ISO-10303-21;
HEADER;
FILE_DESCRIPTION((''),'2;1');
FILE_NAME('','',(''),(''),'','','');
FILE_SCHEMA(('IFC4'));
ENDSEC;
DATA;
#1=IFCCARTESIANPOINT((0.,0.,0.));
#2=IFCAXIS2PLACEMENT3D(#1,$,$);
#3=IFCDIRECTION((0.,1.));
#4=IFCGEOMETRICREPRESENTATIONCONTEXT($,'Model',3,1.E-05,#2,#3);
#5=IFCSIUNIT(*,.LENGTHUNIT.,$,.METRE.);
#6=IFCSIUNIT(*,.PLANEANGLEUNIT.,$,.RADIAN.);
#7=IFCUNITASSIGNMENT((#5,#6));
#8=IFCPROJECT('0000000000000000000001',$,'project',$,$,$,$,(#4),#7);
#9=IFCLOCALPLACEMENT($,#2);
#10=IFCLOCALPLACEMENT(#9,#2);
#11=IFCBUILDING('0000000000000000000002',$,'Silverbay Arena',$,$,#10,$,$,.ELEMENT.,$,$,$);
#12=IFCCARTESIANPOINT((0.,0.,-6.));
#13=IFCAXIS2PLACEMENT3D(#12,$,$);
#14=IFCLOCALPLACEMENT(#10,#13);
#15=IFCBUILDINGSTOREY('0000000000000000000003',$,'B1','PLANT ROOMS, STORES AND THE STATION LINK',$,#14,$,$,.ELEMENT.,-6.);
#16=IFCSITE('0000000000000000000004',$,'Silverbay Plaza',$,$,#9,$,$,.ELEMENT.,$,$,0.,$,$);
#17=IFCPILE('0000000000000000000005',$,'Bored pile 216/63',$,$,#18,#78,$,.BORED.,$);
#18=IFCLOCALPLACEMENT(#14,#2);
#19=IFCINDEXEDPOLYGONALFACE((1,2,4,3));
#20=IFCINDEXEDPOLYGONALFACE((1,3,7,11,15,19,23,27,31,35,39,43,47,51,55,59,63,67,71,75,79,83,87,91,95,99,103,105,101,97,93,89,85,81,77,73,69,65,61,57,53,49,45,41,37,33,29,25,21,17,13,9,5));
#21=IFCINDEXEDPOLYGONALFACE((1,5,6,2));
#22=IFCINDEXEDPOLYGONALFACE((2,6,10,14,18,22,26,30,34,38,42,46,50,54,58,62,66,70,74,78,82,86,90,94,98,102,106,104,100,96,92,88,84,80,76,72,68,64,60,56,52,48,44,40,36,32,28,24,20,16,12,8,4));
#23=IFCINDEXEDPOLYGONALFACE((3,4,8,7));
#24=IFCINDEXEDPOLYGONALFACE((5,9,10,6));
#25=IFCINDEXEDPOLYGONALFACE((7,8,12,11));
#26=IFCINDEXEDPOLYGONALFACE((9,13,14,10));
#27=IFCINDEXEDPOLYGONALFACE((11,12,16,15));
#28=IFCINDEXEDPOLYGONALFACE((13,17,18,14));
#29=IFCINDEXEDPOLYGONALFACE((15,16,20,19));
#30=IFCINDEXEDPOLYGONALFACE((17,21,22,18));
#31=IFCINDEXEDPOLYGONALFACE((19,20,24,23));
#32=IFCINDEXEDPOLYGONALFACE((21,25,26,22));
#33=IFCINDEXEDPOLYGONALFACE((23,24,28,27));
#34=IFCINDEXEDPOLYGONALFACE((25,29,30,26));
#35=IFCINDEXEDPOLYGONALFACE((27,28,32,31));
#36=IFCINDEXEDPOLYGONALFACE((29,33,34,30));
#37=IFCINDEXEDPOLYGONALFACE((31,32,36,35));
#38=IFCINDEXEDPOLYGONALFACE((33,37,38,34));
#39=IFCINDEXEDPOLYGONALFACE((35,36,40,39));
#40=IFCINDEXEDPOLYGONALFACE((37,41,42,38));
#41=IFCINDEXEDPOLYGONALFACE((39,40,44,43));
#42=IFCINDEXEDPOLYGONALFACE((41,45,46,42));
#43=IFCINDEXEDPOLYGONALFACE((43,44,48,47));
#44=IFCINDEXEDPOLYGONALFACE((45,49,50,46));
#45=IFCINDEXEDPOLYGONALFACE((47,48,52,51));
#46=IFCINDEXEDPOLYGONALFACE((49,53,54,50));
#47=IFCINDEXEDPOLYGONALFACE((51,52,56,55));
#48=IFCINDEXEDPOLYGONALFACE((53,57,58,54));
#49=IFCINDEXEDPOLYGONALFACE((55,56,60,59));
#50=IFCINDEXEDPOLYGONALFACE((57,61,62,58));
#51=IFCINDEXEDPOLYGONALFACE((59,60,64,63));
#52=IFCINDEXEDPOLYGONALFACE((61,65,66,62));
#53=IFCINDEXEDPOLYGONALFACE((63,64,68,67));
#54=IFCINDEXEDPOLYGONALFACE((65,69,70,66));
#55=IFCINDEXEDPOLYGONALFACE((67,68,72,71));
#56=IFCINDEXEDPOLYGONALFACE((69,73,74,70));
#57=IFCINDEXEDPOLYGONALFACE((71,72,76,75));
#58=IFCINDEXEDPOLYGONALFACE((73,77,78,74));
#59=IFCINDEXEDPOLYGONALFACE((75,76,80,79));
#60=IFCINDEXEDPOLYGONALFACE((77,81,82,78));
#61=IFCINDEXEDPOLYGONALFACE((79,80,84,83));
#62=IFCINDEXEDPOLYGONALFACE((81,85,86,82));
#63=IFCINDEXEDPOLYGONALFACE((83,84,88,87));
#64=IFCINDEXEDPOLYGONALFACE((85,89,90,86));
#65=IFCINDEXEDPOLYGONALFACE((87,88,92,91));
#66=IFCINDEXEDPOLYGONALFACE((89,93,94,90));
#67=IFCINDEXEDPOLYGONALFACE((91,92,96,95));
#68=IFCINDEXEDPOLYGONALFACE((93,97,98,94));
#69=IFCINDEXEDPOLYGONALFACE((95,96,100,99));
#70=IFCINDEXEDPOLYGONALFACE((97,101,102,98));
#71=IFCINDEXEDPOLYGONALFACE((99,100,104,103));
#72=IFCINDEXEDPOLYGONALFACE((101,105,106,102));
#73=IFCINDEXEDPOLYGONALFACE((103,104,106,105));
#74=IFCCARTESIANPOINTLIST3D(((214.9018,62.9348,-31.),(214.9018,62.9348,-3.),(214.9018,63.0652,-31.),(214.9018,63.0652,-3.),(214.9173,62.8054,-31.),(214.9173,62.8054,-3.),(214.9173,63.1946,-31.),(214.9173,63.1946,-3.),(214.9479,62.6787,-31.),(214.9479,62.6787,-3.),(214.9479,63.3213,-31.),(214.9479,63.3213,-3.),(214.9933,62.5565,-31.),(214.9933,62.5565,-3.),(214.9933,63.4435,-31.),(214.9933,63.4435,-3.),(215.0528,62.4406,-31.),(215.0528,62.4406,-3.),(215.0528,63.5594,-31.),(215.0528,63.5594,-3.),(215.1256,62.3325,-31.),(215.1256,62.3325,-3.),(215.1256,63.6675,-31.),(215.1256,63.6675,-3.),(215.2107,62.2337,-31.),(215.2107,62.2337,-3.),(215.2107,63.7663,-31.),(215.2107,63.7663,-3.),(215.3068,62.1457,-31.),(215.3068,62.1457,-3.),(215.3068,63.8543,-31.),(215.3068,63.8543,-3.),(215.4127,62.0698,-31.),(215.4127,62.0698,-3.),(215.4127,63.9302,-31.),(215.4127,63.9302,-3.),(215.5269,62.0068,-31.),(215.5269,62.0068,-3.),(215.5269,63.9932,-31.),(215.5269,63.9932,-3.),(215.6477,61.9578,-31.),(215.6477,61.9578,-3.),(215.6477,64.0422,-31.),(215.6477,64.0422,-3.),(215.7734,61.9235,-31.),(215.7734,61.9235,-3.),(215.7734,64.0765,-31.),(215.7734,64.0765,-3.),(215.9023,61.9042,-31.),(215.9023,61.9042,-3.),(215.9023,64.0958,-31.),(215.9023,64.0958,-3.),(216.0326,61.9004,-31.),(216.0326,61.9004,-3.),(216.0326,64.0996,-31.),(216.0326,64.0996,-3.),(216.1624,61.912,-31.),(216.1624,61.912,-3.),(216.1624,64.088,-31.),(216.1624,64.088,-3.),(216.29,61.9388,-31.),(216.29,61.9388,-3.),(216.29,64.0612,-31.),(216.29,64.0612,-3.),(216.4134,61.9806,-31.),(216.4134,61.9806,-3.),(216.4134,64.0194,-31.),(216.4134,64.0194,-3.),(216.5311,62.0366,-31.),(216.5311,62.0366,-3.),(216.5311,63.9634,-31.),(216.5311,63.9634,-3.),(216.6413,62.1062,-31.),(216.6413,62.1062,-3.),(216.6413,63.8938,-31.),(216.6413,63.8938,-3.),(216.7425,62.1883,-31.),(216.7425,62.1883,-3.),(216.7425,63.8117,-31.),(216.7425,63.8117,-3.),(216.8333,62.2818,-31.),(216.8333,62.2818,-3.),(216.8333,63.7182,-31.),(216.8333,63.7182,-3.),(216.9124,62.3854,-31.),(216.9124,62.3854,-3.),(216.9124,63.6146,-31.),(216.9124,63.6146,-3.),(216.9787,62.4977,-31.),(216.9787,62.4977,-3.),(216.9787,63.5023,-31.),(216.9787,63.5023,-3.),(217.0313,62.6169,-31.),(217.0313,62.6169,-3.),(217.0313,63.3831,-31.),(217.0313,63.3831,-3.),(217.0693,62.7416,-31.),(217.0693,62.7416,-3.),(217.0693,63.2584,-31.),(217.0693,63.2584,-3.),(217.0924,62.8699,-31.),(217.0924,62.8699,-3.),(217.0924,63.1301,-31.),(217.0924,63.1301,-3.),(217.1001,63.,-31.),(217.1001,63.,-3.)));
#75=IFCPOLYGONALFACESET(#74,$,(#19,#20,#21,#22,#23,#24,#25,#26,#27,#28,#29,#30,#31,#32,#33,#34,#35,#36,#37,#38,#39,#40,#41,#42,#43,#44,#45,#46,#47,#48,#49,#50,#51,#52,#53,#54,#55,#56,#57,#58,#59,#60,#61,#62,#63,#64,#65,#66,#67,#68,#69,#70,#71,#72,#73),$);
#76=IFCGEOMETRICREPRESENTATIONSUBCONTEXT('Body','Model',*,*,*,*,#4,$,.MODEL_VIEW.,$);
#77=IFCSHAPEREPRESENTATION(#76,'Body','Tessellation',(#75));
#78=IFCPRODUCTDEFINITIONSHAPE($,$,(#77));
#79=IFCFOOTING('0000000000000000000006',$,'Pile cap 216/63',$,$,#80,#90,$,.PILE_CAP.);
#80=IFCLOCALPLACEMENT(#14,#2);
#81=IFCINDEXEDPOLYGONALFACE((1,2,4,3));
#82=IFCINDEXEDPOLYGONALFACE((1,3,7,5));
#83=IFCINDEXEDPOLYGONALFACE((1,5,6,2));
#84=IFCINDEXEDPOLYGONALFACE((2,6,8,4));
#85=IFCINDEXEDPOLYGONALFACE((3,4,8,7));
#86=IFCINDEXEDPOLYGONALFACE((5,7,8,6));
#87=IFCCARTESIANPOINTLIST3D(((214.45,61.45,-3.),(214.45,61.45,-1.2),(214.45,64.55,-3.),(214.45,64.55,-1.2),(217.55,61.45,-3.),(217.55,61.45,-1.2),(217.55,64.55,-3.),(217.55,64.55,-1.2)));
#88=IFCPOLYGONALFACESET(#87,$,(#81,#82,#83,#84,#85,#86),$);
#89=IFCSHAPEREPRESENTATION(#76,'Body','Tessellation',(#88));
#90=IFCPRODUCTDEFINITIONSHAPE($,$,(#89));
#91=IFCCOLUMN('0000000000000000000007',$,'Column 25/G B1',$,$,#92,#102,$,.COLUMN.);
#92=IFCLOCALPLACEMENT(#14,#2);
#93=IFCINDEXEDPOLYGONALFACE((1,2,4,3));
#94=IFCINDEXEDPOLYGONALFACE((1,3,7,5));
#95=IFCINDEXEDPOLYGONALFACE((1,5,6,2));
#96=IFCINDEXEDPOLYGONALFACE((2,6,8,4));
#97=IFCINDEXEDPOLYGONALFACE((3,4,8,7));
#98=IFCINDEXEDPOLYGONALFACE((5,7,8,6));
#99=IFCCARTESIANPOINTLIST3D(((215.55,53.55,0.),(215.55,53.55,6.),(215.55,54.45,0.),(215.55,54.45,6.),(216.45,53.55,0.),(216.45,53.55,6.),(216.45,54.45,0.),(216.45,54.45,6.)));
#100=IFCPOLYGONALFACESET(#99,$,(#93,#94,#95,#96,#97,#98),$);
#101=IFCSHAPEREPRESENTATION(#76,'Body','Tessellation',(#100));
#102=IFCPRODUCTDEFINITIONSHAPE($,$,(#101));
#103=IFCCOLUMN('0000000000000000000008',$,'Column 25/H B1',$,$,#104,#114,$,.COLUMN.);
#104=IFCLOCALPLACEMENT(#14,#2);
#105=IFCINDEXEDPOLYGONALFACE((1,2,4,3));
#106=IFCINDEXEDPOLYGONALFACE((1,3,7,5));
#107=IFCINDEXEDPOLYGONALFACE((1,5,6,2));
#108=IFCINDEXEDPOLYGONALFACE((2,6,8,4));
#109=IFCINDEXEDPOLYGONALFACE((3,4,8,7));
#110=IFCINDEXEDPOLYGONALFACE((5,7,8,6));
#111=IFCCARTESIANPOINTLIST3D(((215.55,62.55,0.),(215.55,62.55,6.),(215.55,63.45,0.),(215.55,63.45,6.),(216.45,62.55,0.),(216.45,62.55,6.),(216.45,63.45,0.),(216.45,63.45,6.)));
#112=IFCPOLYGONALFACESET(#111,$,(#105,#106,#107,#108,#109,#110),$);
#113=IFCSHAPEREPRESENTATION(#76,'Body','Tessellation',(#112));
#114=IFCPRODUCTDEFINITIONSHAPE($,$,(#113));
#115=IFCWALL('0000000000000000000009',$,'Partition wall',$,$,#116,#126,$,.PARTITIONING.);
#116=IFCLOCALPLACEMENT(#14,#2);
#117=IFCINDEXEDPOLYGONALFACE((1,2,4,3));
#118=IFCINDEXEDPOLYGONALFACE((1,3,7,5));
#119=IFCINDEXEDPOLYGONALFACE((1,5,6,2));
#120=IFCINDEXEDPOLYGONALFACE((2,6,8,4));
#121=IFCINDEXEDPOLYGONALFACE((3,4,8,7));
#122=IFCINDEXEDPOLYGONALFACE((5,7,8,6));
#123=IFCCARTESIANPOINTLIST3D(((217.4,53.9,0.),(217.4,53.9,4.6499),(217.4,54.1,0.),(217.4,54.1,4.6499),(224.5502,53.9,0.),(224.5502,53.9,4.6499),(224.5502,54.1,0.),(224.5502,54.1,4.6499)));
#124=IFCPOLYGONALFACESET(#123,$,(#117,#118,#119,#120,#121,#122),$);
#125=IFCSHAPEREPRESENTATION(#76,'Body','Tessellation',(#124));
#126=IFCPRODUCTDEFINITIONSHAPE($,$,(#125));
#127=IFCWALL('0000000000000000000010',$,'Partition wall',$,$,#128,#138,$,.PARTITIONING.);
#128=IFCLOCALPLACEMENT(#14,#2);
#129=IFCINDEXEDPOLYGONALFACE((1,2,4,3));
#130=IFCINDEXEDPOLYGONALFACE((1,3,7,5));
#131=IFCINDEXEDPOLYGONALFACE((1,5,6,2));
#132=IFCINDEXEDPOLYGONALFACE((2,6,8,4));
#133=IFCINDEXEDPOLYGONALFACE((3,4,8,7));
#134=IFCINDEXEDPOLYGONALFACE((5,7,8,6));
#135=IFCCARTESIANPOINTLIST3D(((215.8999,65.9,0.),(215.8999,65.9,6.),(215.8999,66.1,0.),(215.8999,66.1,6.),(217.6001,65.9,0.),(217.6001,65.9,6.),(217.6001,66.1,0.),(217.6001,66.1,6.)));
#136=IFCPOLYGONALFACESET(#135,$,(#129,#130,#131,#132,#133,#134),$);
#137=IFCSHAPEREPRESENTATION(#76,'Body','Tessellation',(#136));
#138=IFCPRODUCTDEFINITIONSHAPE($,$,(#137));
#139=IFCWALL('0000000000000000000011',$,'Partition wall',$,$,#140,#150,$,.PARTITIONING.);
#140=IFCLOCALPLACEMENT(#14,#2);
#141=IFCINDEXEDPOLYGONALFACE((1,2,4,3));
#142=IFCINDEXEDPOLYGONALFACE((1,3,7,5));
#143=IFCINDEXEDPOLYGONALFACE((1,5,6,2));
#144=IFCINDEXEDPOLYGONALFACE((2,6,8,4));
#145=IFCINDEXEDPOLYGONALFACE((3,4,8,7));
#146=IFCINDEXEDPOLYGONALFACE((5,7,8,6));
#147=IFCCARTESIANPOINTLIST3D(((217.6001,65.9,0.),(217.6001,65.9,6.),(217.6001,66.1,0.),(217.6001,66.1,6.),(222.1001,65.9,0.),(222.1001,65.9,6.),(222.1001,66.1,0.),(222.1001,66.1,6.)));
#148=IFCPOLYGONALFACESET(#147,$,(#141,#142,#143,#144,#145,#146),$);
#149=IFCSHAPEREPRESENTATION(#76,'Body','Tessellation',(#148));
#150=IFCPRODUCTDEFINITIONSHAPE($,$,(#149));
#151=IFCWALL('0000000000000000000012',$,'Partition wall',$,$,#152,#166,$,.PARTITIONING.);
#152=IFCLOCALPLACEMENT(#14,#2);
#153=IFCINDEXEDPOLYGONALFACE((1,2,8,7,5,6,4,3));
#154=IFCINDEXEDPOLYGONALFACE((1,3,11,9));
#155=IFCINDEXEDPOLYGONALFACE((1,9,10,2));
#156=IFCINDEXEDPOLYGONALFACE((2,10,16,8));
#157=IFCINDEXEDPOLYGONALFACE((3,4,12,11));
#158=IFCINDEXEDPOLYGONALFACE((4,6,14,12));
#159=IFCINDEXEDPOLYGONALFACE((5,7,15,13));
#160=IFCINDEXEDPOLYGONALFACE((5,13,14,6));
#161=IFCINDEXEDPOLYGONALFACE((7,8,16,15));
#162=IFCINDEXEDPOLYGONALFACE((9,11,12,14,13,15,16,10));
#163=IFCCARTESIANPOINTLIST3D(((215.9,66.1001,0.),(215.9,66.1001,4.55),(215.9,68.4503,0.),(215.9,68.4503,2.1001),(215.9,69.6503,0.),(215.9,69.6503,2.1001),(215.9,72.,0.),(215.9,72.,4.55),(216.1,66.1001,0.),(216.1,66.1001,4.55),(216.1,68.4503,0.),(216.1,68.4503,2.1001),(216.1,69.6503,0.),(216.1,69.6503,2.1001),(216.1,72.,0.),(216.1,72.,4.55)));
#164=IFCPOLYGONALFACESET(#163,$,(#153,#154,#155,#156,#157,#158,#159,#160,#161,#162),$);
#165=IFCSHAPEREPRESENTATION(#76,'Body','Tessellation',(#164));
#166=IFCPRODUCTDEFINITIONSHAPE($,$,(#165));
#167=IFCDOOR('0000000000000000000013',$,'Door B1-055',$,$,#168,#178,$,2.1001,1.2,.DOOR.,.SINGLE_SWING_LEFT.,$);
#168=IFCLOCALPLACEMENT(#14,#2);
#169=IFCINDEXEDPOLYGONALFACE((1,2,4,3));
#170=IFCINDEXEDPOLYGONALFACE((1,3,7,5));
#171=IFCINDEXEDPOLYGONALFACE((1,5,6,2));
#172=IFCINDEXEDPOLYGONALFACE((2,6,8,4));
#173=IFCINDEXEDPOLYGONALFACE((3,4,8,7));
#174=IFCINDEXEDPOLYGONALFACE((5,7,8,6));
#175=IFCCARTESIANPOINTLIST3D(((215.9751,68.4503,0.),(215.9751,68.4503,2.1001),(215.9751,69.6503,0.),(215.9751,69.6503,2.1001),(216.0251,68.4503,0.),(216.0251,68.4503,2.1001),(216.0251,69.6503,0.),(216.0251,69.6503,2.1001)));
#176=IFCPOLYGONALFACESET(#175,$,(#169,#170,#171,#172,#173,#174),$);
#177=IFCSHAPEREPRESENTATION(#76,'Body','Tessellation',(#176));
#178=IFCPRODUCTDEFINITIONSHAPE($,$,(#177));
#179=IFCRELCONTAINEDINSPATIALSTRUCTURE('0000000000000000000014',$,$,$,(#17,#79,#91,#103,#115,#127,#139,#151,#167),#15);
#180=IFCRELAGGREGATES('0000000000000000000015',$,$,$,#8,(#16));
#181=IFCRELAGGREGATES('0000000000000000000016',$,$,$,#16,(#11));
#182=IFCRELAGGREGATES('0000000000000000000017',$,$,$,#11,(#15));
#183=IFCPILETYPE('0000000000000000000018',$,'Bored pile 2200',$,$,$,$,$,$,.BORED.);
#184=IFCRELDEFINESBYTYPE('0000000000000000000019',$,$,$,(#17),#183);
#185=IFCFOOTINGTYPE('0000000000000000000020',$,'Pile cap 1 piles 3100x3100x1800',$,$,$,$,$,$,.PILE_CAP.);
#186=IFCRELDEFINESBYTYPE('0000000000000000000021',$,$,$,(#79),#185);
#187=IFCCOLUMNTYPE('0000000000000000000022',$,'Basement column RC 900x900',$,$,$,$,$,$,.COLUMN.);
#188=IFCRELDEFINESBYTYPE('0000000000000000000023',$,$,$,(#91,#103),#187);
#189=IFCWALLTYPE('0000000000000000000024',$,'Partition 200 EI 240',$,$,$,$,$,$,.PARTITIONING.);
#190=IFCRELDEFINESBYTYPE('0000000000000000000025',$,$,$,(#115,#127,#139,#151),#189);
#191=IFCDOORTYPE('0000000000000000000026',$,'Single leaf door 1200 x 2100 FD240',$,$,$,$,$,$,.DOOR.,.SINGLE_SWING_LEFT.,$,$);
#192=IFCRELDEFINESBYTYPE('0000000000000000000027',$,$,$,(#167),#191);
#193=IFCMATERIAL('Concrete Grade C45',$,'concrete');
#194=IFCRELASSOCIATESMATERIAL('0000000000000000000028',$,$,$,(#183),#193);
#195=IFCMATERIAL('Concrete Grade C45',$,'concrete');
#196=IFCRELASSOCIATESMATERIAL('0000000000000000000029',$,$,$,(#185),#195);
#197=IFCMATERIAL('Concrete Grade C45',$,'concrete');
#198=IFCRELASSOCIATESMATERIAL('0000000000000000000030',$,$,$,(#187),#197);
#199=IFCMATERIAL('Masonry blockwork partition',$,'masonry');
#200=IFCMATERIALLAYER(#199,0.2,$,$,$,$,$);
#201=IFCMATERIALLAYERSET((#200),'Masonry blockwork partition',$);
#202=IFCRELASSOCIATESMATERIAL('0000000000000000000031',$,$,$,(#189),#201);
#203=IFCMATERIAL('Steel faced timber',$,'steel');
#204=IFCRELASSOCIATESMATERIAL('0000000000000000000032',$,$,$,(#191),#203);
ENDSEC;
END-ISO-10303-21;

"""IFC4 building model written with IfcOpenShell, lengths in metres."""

from ifc_helpers import new_model, si_unit, direction, frame, frame_2d, origin, origin_2d, place, context, subcontext, project, spatial, rectangle, circle, extrude, material, layer, layer_set, material_profile, profile_set, type_object, element, fill, save


model = new_model("IFC4")

# Units and contexts
model_context = context("Model", 3, precision=1e-05, world=origin(), true_north=direction((0.0, 1.0)))
body_context = subcontext(model_context, "Body", "Model", "MODEL_VIEW")
ifc_project = project(units=[si_unit("LENGTHUNIT", "METRE"), si_unit("PLANEANGLEUNIT", "RADIAN")], contexts=[model_context])

# Site, building, storey
site_placement = place(None, origin())
site = spatial("IfcSite", under=ifc_project, at=site_placement, Name="Silverbay Plaza", CompositionType="ELEMENT", RefElevation=0.0)
building_placement = place(site_placement, origin())
building = spatial("IfcBuilding", under=site, at=building_placement, Name="Silverbay Arena", CompositionType="ELEMENT")
storey_placement = place(building_placement, frame((0.0, 0.0, -6.0)))
storey = spatial("IfcBuildingStorey", under=building, at=storey_placement, Name="B1", Description="PLANT ROOMS, STORES AND THE STATION LINK", CompositionType="ELEMENT", Elevation=-6.0)

# Pile
ifc_material_1 = material(Name="Concrete Grade C45", Category="concrete")
ifc_material_profile_1 = material_profile(ifc_material_1, circle(Radius=1.1001, at=origin_2d()), Name="Bored pile 2200")
ifc_profile_set_1 = profile_set([ifc_material_profile_1], Name="Concrete Grade C45")
pile_type = type_object("IfcPileType", Name="Bored pile 2200", PredefinedType="BORED", material=ifc_profile_set_1)
pile_placement = place(storey_placement, frame((216.0, 63.0, -3.0), z_axis=(0.0, 0.0, -1.0), x_axis=(1.0, 0.0, 0.0)))
element("IfcPile", 1, at=pile_placement, inside=storey, type_object=pile_type, Name="Bored pile 216/63", PredefinedType="BORED", context=body_context, shape_type="SweptSolid", body=[
    extrude(circle(Radius=1.1001, at=origin_2d()), origin(), (0.0, 0.0, 1.0), 28.0),
])

# Footing
ifc_material_2 = material(Name="Concrete Grade C45", Category="concrete")
footing_type = type_object("IfcFootingType", Name="Pile cap 1 piles 3100x3100x1800", PredefinedType="PILE_CAP", material=ifc_material_2)
footing_placement = place(storey_placement, frame((216.0, 63.0, -3.0), z_axis=(0.0, 0.0, 1.0), x_axis=(1.0, 0.0, 0.0)))
element("IfcFooting", 2, at=footing_placement, inside=storey, type_object=footing_type, Name="Pile cap 216/63", PredefinedType="PILE_CAP", context=body_context, shape_type="SweptSolid", body=[
    extrude(rectangle(XDim=3.1001, YDim=3.1001, at=origin_2d()), origin(), (0.0, 0.0, 1.0), 1.8),
])

# Columns
ifc_material_3 = material(Name="Concrete Grade C45", Category="concrete")
ifc_material_profile_2 = material_profile(ifc_material_3, rectangle(XDim=0.8999, YDim=0.8999, at=origin_2d()), Name="RC 900x900")
ifc_profile_set_2 = profile_set([ifc_material_profile_2], Name="Concrete Grade C45")
column_type = type_object("IfcColumnType", Name="Basement column RC 900x900", PredefinedType="COLUMN", material=ifc_profile_set_2)
for number, where, z_axis, x_axis, name in (
    (3, (216.0, 54.0, 0.0), (0.0, 0.0, 1.0), (1.0, 0.0, 0.0), "Column 25/G B1"),
    (4, (216.0, 63.0, 0.0), (0.0, 0.0, 1.0), (1.0, 0.0, 0.0), "Column 25/H B1"),
):
    element("IfcColumn", number, at=place(storey_placement, frame(where, z_axis=z_axis, x_axis=x_axis)), inside=storey, type_object=column_type, Name=name, PredefinedType="COLUMN", context=body_context, shape_type="SweptSolid", body=[
        extrude(rectangle(XDim=0.8999, YDim=0.8999, at=origin_2d()), origin(), (0.0, 0.0, 1.0), 6.0),
    ])

# Walls
ifc_material_4 = material(Name="Masonry blockwork partition", Category="masonry")
ifc_layer = layer(ifc_material_4, 0.2)
ifc_layer_set = layer_set([ifc_layer], Name="Masonry blockwork partition")
wall_type = type_object("IfcWallType", Name="Partition 200 EI 240", PredefinedType="PARTITIONING", material=ifc_layer_set)
wall_1_placement = place(storey_placement, frame((217.3999, 54.0, 0.0), z_axis=(0.0, 0.0, 1.0), x_axis=(1.0, 0.0, 0.0)))
element("IfcWall", 5, at=wall_1_placement, inside=storey, type_object=wall_type, Name="Partition wall", PredefinedType="PARTITIONING", context=body_context, shape_type="SweptSolid", body=[
    extrude(rectangle(XDim=7.1501, YDim=0.2, at=frame_2d((3.5752, 0.0))), origin(), (0.0, 0.0, 1.0), 4.6499),
])
wall_2_placement = place(storey_placement, frame((215.8999, 66.0, 0.0), z_axis=(0.0, 0.0, 1.0), x_axis=(1.0, 0.0, 0.0)))
element("IfcWall", 6, at=wall_2_placement, inside=storey, type_object=wall_type, Name="Partition wall", PredefinedType="PARTITIONING", context=body_context, shape_type="SweptSolid", body=[
    extrude(rectangle(XDim=1.7002, YDim=0.2, at=frame_2d((0.8501, 0.0))), origin(), (0.0, 0.0, 1.0), 6.0),
])
wall_3_placement = place(storey_placement, frame((217.6001, 66.0, 0.0), z_axis=(0.0, 0.0, 1.0), x_axis=(1.0, 0.0, 0.0)))
element("IfcWall", 7, at=wall_3_placement, inside=storey, type_object=wall_type, Name="Partition wall", PredefinedType="PARTITIONING", context=body_context, shape_type="SweptSolid", body=[
    extrude(rectangle(XDim=4.5, YDim=0.2, at=frame_2d((2.25, 0.0))), origin(), (0.0, 0.0, 1.0), 6.0),
])

# Wall, opening, door
wall_4_placement = place(storey_placement, frame((216.0, 66.1001, 0.0), z_axis=(0.0, 0.0, 1.0), x_axis=(0.0, 1.0, 0.0)))
wall_4 = element("IfcWall", 8, at=wall_4_placement, inside=storey, type_object=wall_type, Name="Partition wall", PredefinedType="PARTITIONING", context=body_context, shape_type="SweptSolid", body=[
    extrude(rectangle(XDim=5.8999, YDim=0.2, at=frame_2d((2.95, 0.0))), origin(), (0.0, 0.0, 1.0), 4.55),
])
opening_1_placement = place(wall_4_placement, frame((2.3501, 0.0, 0.0)))
opening_1 = element("IfcOpeningElement", 9, at=opening_1_placement, cuts=wall_4, PredefinedType="OPENING", context=body_context, shape_type="SweptSolid", body=[
    extrude(rectangle(XDim=1.2, YDim=2.1001, at=frame_2d((0.6001, 1.05))), frame((0.0, 0.1099, 0.0), z_axis=(0.0, -1.0, 0.0), x_axis=(1.0, 0.0, 0.0)), (0.0, 0.0, 1.0), 0.22),
])
ifc_material_5 = material(Name="Steel faced timber", Category="steel")
door_type_1 = type_object("IfcDoorType", Name="Single leaf door 1200 x 2100 FD240", OperationType="SINGLE_SWING_LEFT", PredefinedType="DOOR", material=ifc_material_5)
door_1_placement = place(opening_1_placement, origin())
door_1 = element("IfcDoor", 10, at=door_1_placement, inside=storey, type_object=door_type_1, Name="Door B1-055", OperationType="SINGLE_SWING_LEFT", OverallHeight=2.1001, OverallWidth=1.2, PredefinedType="DOOR", context=body_context, shape_type="SweptSolid", body=[
    extrude(rectangle(XDim=1.2, YDim=2.1001, at=frame_2d((0.6001, 1.05))), frame((0.0, 0.0249, 0.0), z_axis=(0.0, -1.0, 0.0), x_axis=(1.0, 0.0, 0.0)), (0.0, 0.0, 1.0), 0.05),
])
fill(opening_1, door_1)

save(model, "model.ifc")
